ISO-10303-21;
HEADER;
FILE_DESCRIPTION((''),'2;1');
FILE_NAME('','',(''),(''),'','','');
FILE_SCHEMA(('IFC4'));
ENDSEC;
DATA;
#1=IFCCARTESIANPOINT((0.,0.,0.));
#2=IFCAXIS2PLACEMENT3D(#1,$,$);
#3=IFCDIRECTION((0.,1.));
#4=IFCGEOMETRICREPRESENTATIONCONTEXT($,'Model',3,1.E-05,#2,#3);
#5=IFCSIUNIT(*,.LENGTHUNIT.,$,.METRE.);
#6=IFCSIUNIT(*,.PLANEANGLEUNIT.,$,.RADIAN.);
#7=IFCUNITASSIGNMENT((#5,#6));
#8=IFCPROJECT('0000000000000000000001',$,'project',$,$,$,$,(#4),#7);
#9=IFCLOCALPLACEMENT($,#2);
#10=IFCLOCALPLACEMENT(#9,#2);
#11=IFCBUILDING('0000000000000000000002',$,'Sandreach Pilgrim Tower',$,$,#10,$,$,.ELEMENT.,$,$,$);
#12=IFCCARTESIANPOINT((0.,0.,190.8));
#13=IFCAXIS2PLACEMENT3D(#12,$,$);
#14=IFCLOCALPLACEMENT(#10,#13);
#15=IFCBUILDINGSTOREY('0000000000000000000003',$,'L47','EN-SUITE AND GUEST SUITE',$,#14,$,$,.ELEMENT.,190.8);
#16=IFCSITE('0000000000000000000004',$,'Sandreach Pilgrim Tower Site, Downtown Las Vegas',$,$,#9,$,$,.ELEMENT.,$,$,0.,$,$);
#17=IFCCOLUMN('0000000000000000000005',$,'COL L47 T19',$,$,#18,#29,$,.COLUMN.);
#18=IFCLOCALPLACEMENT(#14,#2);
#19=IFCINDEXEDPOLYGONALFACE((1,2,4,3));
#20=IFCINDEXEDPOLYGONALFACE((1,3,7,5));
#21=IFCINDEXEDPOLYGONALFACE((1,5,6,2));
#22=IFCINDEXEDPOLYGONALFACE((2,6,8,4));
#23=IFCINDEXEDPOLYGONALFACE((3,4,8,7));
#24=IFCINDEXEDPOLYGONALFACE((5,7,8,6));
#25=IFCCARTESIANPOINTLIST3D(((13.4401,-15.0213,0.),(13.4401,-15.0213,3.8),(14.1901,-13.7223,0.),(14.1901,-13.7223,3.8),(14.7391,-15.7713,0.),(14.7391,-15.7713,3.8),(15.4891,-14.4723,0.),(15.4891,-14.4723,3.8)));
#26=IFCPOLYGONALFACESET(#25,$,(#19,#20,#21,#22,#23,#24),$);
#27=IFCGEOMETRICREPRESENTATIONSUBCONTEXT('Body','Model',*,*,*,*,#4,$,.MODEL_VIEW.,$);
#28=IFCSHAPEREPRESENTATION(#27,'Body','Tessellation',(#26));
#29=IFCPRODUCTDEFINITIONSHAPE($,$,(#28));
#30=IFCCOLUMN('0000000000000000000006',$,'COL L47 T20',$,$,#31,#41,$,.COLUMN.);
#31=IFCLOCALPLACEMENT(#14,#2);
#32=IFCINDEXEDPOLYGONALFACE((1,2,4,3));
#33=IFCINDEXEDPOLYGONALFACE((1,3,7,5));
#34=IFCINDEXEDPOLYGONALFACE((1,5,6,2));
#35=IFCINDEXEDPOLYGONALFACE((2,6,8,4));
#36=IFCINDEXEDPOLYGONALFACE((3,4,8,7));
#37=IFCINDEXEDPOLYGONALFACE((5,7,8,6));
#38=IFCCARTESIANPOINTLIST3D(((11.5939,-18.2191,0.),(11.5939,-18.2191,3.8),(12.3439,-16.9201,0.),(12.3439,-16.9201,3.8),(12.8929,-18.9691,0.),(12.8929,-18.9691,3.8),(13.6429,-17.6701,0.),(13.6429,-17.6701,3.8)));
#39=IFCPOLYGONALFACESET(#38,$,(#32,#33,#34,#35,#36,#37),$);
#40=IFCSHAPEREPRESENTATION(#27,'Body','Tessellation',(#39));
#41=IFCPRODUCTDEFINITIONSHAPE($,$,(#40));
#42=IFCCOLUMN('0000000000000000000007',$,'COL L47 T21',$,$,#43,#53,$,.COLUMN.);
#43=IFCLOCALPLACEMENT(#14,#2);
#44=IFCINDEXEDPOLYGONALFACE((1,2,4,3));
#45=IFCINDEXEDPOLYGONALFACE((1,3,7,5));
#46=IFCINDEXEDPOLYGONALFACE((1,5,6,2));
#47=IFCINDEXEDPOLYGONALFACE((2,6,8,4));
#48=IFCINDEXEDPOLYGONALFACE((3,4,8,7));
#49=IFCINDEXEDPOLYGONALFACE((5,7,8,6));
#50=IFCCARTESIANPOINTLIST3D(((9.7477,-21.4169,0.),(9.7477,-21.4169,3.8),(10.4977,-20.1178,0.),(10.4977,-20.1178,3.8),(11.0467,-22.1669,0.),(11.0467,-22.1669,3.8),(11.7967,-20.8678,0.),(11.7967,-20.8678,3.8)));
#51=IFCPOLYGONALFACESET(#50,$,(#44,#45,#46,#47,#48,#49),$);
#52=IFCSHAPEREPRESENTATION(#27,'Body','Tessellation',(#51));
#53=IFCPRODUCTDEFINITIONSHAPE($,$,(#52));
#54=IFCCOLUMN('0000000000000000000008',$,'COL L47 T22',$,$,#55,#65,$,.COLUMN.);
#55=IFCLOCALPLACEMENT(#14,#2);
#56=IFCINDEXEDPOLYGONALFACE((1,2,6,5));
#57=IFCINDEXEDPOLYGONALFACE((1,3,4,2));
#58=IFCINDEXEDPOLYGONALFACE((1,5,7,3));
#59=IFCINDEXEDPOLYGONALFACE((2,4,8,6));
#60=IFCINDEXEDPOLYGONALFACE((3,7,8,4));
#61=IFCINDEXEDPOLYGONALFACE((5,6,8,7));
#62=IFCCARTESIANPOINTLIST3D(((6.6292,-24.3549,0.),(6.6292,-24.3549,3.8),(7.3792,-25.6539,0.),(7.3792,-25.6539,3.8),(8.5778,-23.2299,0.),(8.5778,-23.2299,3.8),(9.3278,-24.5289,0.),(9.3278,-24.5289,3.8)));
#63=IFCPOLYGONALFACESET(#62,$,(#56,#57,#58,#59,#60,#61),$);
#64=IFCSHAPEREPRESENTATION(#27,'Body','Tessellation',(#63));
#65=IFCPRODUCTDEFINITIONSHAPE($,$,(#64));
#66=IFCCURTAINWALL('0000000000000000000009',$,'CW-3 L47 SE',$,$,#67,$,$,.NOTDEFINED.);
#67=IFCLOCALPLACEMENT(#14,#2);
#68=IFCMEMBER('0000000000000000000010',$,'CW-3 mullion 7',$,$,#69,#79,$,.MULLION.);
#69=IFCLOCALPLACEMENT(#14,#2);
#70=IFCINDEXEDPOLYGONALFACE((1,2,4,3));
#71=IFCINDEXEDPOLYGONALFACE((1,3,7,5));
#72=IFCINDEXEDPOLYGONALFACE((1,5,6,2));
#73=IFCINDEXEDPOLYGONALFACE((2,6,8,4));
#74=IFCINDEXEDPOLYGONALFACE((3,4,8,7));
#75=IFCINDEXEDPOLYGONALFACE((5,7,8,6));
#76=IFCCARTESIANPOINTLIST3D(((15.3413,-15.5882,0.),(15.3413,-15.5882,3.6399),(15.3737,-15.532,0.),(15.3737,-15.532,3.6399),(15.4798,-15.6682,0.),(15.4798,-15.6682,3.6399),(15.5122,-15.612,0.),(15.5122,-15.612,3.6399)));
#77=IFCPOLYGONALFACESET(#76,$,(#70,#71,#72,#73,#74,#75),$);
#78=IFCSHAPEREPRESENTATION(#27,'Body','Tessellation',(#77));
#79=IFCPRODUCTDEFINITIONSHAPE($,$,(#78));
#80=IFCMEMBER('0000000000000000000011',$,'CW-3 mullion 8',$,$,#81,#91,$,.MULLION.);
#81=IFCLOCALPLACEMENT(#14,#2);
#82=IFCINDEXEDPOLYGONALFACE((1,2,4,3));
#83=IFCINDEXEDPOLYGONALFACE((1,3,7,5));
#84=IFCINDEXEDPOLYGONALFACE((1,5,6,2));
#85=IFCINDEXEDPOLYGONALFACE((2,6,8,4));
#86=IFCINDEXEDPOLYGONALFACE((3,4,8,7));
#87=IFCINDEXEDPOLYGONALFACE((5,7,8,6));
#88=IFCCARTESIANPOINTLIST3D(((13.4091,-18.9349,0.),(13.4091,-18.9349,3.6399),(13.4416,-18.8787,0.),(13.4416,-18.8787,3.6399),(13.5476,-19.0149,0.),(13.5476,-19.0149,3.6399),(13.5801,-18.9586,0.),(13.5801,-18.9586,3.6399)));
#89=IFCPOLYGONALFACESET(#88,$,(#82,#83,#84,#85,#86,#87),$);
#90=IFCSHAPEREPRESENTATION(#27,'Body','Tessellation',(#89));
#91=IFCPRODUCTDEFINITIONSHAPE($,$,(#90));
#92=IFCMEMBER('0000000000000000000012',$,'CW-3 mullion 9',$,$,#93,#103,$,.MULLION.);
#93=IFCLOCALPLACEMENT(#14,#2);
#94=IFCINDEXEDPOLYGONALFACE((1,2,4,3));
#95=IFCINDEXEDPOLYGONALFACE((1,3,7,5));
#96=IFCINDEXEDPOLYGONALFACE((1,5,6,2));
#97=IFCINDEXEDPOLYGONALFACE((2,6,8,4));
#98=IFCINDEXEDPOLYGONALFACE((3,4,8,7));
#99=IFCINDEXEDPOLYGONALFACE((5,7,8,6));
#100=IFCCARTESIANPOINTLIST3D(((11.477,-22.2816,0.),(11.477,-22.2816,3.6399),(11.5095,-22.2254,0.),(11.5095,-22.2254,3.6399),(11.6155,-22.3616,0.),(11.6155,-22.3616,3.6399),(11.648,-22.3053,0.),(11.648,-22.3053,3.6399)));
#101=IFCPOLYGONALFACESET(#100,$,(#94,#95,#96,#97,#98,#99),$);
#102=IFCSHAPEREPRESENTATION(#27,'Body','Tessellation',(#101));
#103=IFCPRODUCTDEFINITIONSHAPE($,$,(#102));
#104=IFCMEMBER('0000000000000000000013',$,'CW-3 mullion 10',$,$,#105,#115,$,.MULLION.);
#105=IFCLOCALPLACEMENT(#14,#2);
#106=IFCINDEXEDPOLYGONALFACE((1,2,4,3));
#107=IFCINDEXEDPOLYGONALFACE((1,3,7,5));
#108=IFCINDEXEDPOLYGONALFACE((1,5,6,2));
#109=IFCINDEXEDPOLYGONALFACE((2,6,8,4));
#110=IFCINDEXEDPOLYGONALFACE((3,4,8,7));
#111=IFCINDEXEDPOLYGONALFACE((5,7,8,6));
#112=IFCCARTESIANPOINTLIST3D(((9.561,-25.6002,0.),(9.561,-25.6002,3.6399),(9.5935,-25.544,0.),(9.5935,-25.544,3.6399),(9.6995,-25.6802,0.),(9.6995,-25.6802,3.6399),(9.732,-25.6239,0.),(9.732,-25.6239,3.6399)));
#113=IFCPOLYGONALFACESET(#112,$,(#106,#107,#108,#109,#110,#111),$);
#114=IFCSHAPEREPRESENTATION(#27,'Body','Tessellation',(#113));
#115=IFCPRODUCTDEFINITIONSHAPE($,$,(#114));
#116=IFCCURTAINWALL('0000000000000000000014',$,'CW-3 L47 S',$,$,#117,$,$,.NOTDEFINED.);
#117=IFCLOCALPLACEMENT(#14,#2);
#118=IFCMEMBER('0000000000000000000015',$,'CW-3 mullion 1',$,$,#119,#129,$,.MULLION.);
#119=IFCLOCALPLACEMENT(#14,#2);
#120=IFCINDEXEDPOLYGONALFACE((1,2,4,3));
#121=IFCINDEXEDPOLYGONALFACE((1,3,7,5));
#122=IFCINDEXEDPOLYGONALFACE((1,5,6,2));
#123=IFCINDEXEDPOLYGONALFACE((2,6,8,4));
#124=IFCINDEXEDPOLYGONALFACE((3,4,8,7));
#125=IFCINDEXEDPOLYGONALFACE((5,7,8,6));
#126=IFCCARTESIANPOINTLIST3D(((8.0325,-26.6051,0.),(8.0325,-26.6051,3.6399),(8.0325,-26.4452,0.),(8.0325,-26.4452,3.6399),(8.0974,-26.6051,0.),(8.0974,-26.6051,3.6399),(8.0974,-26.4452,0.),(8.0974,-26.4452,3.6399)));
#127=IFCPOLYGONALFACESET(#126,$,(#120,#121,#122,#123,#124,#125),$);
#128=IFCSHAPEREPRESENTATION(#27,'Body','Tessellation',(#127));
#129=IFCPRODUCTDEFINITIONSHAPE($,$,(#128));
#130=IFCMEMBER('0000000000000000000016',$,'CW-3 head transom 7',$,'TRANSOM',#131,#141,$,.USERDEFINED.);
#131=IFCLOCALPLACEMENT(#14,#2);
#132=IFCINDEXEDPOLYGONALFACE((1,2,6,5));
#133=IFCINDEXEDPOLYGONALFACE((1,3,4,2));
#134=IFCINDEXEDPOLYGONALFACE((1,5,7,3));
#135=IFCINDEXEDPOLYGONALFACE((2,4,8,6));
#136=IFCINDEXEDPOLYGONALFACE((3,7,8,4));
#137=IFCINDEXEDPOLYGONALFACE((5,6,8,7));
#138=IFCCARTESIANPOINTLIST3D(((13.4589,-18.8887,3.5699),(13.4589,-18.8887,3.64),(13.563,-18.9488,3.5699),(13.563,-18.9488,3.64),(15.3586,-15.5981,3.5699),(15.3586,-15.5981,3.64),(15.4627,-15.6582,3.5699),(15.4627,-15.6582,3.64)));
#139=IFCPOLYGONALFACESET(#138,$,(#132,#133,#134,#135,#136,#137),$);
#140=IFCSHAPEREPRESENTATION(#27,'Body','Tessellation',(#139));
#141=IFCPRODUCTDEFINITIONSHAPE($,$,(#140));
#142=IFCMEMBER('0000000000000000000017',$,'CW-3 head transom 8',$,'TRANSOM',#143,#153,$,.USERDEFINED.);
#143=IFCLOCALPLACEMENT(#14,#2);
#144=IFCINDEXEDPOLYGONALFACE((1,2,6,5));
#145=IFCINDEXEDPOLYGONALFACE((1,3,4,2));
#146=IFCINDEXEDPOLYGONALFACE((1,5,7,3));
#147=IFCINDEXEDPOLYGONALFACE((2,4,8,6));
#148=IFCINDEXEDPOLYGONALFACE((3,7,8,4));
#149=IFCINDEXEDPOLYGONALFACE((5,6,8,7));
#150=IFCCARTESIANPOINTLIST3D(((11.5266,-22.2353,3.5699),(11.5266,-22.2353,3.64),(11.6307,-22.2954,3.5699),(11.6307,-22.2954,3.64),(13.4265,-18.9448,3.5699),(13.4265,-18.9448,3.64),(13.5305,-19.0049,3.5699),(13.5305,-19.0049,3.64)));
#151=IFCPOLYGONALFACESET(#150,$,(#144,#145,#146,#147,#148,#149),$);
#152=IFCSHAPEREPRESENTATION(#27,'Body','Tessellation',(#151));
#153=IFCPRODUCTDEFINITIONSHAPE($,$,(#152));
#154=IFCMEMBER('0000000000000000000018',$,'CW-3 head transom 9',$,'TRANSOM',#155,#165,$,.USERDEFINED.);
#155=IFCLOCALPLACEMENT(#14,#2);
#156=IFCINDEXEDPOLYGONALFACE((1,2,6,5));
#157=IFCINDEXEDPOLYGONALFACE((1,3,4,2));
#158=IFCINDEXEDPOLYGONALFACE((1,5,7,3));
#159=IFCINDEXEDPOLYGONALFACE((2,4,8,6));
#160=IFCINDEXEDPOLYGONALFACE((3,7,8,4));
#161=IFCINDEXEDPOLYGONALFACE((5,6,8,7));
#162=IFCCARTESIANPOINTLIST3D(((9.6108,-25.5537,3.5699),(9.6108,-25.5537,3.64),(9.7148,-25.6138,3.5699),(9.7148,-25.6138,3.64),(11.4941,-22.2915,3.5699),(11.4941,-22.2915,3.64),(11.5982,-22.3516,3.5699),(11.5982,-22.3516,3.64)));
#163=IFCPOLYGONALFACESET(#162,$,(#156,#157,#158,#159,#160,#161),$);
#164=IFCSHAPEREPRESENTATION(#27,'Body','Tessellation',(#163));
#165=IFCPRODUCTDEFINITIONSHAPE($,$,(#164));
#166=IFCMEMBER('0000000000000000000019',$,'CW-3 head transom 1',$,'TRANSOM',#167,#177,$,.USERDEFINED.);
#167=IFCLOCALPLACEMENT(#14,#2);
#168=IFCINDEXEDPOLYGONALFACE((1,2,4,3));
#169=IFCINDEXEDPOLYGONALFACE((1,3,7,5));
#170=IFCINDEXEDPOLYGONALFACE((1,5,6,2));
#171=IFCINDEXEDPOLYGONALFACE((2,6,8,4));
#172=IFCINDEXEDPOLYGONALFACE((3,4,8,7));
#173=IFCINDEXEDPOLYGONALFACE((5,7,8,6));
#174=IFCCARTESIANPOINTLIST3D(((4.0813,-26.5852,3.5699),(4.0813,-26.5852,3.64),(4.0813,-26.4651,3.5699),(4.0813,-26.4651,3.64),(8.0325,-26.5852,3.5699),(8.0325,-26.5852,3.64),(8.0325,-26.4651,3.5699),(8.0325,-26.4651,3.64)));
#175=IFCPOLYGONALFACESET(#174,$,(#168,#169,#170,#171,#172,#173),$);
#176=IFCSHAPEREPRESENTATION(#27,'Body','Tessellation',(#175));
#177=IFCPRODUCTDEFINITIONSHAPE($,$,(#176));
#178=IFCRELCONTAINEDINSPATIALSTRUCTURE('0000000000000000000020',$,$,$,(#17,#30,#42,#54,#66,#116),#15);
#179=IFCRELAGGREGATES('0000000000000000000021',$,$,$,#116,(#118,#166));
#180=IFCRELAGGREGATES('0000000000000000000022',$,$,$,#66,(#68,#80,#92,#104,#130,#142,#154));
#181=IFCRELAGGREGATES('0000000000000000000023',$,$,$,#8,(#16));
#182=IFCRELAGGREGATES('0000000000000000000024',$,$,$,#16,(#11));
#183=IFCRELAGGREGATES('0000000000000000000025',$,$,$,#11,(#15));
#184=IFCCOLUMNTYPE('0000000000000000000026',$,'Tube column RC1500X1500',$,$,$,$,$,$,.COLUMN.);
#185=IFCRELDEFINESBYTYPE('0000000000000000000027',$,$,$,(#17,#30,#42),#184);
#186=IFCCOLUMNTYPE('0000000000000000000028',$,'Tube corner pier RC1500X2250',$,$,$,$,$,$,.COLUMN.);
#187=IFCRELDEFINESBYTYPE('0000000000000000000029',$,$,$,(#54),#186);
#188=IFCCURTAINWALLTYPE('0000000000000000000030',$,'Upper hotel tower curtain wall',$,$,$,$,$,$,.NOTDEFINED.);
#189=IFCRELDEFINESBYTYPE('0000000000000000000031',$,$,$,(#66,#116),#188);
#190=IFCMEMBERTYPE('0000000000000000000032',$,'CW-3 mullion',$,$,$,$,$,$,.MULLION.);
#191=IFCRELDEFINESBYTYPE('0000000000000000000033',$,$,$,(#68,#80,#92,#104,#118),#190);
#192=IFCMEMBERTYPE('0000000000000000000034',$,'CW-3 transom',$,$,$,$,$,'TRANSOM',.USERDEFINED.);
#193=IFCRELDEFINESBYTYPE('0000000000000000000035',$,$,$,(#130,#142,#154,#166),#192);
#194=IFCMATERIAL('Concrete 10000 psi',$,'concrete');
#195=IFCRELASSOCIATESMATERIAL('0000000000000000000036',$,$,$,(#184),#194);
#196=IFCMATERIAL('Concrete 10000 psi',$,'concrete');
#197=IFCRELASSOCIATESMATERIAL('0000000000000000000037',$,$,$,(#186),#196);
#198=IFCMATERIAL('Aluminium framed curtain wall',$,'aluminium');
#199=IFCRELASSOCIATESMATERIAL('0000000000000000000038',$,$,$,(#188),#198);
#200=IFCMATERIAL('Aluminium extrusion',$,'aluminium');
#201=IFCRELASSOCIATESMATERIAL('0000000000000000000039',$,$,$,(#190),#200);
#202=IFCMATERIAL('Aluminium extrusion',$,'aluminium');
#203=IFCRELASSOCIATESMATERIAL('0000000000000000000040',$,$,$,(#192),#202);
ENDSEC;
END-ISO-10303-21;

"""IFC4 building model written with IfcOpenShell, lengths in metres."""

from ifc_helpers import new_model, si_unit, direction, frame, origin, origin_2d, place, context, subcontext, project, spatial, rectangle, extrude, material, material_profile, profile_set, type_object, element, aggregate, save


model = new_model("IFC4")

# Units and contexts
model_context = context("Model", 3, precision=1e-05, world=origin(), true_north=direction((0.0, 1.0)))
body_context = subcontext(model_context, "Body", "Model", "MODEL_VIEW")
ifc_project = project(units=[si_unit("LENGTHUNIT", "METRE"), si_unit("PLANEANGLEUNIT", "RADIAN")], contexts=[model_context])

# Site, building, storey
site_placement = place(None, origin())
site = spatial("IfcSite", under=ifc_project, at=site_placement, Name="Sandreach Pilgrim Tower Site, Downtown Las Vegas", CompositionType="ELEMENT", RefElevation=0.0)
building_placement = place(site_placement, origin())
building = spatial("IfcBuilding", under=site, at=building_placement, Name="Sandreach Pilgrim Tower", CompositionType="ELEMENT")
storey_placement = place(building_placement, frame((0.0, 0.0, 190.8)))
storey = spatial("IfcBuildingStorey", under=building, at=storey_placement, Name="L47", Description="EN-SUITE AND GUEST SUITE", CompositionType="ELEMENT", Elevation=190.8)

# Columns
ifc_material_1 = material(Name="Concrete 10000 psi", Category="concrete")
ifc_material_profile_1 = material_profile(ifc_material_1, rectangle(XDim=1.5, YDim=1.5, at=origin_2d()), Name="RC1500X1500")
ifc_profile_set_1 = profile_set([ifc_material_profile_1], Name="Concrete 10000 psi")
column_type_1 = type_object("IfcColumnType", Name="Tube column RC1500X1500", PredefinedType="COLUMN", material=ifc_profile_set_1)
for number, where, z_axis, x_axis, name in (
    (1, (14.4646, -14.7468, 0.0), (0.0, 0.0, 1.0), (0.866025, -0.5, 0.0), "COL L47 T19"),
    (2, (12.6184, -17.9446, 0.0), (0.0, 0.0, 1.0), (0.866025, -0.5, 0.0), "COL L47 T20"),
    (3, (10.7722, -21.1423, 0.0), (0.0, 0.0, 1.0), (0.866025, -0.5, 0.0), "COL L47 T21"),
):
    element("IfcColumn", number, at=place(storey_placement, frame(where, z_axis=z_axis, x_axis=x_axis)), inside=storey, type_object=column_type_1, Name=name, PredefinedType="COLUMN", context=body_context, shape_type="SweptSolid", body=[
        extrude(rectangle(XDim=1.5, YDim=1.5, at=origin_2d()), origin(), (0.0, 0.0, 1.0), 3.8),
    ])
ifc_material_2 = material(Name="Concrete 10000 psi", Category="concrete")
ifc_material_profile_2 = material_profile(ifc_material_2, rectangle(XDim=1.5, YDim=2.25, at=origin_2d()), Name="RC1500X2250")
ifc_profile_set_2 = profile_set([ifc_material_profile_2], Name="Concrete 10000 psi")
column_type_2 = type_object("IfcColumnType", Name="Tube corner pier RC1500X2250", PredefinedType="COLUMN", material=ifc_profile_set_2)
column_placement = place(storey_placement, frame((7.9785, -24.4419, 0.0), z_axis=(0.0, 0.0, 1.0), x_axis=(0.5, -0.866025, 0.0)))
element("IfcColumn", 4, at=column_placement, inside=storey, type_object=column_type_2, Name="COL L47 T22", PredefinedType="COLUMN", context=body_context, shape_type="SweptSolid", body=[
    extrude(rectangle(XDim=1.5, YDim=2.25, at=origin_2d()), origin(), (0.0, 0.0, 1.0), 3.8),
])

# Curtain wall, members
ifc_material_3 = material(Name="Aluminium framed curtain wall", Category="aluminium")
curtain_wall_type = type_object("IfcCurtainWallType", Name="Upper hotel tower curtain wall", PredefinedType="NOTDEFINED", material=ifc_material_3)
curtain_wall_1_placement = place(storey_placement, origin())
curtain_wall_1 = element("IfcCurtainWall", 5, at=curtain_wall_1_placement, inside=storey, type_object=curtain_wall_type, Name="CW-3 L47 SE", PredefinedType="NOTDEFINED")
ifc_material_4 = material(Name="Aluminium extrusion", Category="aluminium")
ifc_material_profile_3 = material_profile(ifc_material_4, rectangle(XDim=0.0649, YDim=0.1599, at=origin_2d()), Name="CW-3M 65X160")
ifc_profile_set_3 = profile_set([ifc_material_profile_3], Name="Aluminium extrusion")
member_type_1 = type_object("IfcMemberType", Name="CW-3 mullion", PredefinedType="MULLION", material=ifc_profile_set_3)
member_1_placement = place(storey_placement, frame((15.4268, -15.6001, 0.0), z_axis=(0.0, 0.0, 1.0), x_axis=(-0.5, -0.866025, 0.0)))
member_1 = element("IfcMember", 6, at=member_1_placement, type_object=member_type_1, Name="CW-3 mullion 7", PredefinedType="MULLION", context=body_context, shape_type="SweptSolid", body=[
    extrude(rectangle(XDim=0.0649, YDim=0.1599, at=origin_2d()), origin(), (0.0, 0.0, 1.0), 3.6399),
])
member_2_placement = place(storey_placement, frame((13.4946, -18.9468, 0.0), z_axis=(0.0, 0.0, 1.0), x_axis=(-0.5, -0.866025, 0.0)))
member_2 = element("IfcMember", 7, at=member_2_placement, type_object=member_type_1, Name="CW-3 mullion 8", PredefinedType="MULLION", context=body_context, shape_type="SweptSolid", body=[
    extrude(rectangle(XDim=0.0649, YDim=0.1599, at=origin_2d()), origin(), (0.0, 0.0, 1.0), 3.6399),
])
member_3_placement = place(storey_placement, frame((11.5625, -22.2935, 0.0), z_axis=(0.0, 0.0, 1.0), x_axis=(-0.5, -0.866025, 0.0)))
member_3 = element("IfcMember", 8, at=member_3_placement, type_object=member_type_1, Name="CW-3 mullion 9", PredefinedType="MULLION", context=body_context, shape_type="SweptSolid", body=[
    extrude(rectangle(XDim=0.0649, YDim=0.1599, at=origin_2d()), origin(), (0.0, 0.0, 1.0), 3.6399),
])
member_4_placement = place(storey_placement, frame((9.6465, -25.6121, 0.0), z_axis=(0.0, 0.0, 1.0), x_axis=(-0.5, -0.866025, 0.0)))
member_4 = element("IfcMember", 9, at=member_4_placement, type_object=member_type_1, Name="CW-3 mullion 10", PredefinedType="MULLION", context=body_context, shape_type="SweptSolid", body=[
    extrude(rectangle(XDim=0.0649, YDim=0.1599, at=origin_2d()), origin(), (0.0, 0.0, 1.0), 3.6399),
])

# Curtain wall, member
curtain_wall_2_placement = place(storey_placement, origin())
curtain_wall_2 = element("IfcCurtainWall", 10, at=curtain_wall_2_placement, inside=storey, type_object=curtain_wall_type, Name="CW-3 L47 S", PredefinedType="NOTDEFINED")
member_5_placement = place(storey_placement, frame((8.0649, -26.5251, 0.0), z_axis=(0.0, 0.0, 1.0), x_axis=(-1.0, 0.0, 0.0)))
member_5 = element("IfcMember", 11, at=member_5_placement, type_object=member_type_1, Name="CW-3 mullion 1", PredefinedType="MULLION", context=body_context, shape_type="SweptSolid", body=[
    extrude(rectangle(XDim=0.0649, YDim=0.1599, at=origin_2d()), origin(), (0.0, 0.0, 1.0), 3.6399),
])

# Members
ifc_material_5 = material(Name="Aluminium extrusion", Category="aluminium")
ifc_material_profile_4 = material_profile(ifc_material_5, rectangle(XDim=0.1201, YDim=0.0701, at=origin_2d()), Name="CW-3T 120X70")
ifc_profile_set_4 = profile_set([ifc_material_profile_4], Name="Aluminium extrusion")
member_type_2 = type_object("IfcMemberType", Name="CW-3 transom", ElementType="TRANSOM", PredefinedType="USERDEFINED", material=ifc_profile_set_4)
member_6_placement = place(storey_placement, frame((15.4106, -15.6282, 3.605), z_axis=(-0.499975, -0.86604, 0.0), x_axis=(0.86604, -0.499975, 0.0)))
member_6 = element("IfcMember", 12, at=member_6_placement, type_object=member_type_2, Name="CW-3 head transom 7", ObjectType="TRANSOM", PredefinedType="USERDEFINED", context=body_context, shape_type="SweptSolid", body=[
    extrude(rectangle(XDim=0.1201, YDim=0.0701, at=origin_2d()), origin(), (0.0, 0.0, 1.0), 3.7996),
])
member_7_placement = place(storey_placement, frame((13.4785, -18.9749, 3.605), z_axis=(-0.500023, -0.866012, 0.0), x_axis=(0.866012, -0.500023, 0.0)))
member_7 = element("IfcMember", 13, at=member_7_placement, type_object=member_type_2, Name="CW-3 head transom 8", ObjectType="TRANSOM", PredefinedType="USERDEFINED", context=body_context, shape_type="SweptSolid", body=[
    extrude(rectangle(XDim=0.1201, YDim=0.0701, at=origin_2d()), origin(), (0.0, 0.0, 1.0), 3.7996),
])
member_8_placement = place(storey_placement, frame((11.5461, -22.3215, 3.605), z_axis=(-0.499973, -0.866041, 0.0), x_axis=(0.866041, -0.499973, 0.0)))
member_8 = element("IfcMember", 14, at=member_8_placement, type_object=member_type_2, Name="CW-3 head transom 9", ObjectType="TRANSOM", PredefinedType="USERDEFINED", context=body_context, shape_type="SweptSolid", body=[
    extrude(rectangle(XDim=0.1201, YDim=0.0701, at=origin_2d()), origin(), (0.0, 0.0, 1.0), 3.7668),
])
member_9_placement = place(storey_placement, frame((8.0325, -26.5251, 3.605), z_axis=(-1.0, 0.0, 0.0), x_axis=(0.0, -1.0, 0.0)))
member_9 = element("IfcMember", 15, at=member_9_placement, type_object=member_type_2, Name="CW-3 head transom 1", ObjectType="TRANSOM", PredefinedType="USERDEFINED", context=body_context, shape_type="SweptSolid", body=[
    extrude(rectangle(XDim=0.1201, YDim=0.0701, at=origin_2d()), origin(), (0.0, 0.0, 1.0), 3.9512),
])
aggregate(curtain_wall_2, [member_5, member_9])

aggregate(curtain_wall_1, [member_1, member_2, member_3, member_4, member_6, member_7, member_8])

save(model, "model.ifc")
